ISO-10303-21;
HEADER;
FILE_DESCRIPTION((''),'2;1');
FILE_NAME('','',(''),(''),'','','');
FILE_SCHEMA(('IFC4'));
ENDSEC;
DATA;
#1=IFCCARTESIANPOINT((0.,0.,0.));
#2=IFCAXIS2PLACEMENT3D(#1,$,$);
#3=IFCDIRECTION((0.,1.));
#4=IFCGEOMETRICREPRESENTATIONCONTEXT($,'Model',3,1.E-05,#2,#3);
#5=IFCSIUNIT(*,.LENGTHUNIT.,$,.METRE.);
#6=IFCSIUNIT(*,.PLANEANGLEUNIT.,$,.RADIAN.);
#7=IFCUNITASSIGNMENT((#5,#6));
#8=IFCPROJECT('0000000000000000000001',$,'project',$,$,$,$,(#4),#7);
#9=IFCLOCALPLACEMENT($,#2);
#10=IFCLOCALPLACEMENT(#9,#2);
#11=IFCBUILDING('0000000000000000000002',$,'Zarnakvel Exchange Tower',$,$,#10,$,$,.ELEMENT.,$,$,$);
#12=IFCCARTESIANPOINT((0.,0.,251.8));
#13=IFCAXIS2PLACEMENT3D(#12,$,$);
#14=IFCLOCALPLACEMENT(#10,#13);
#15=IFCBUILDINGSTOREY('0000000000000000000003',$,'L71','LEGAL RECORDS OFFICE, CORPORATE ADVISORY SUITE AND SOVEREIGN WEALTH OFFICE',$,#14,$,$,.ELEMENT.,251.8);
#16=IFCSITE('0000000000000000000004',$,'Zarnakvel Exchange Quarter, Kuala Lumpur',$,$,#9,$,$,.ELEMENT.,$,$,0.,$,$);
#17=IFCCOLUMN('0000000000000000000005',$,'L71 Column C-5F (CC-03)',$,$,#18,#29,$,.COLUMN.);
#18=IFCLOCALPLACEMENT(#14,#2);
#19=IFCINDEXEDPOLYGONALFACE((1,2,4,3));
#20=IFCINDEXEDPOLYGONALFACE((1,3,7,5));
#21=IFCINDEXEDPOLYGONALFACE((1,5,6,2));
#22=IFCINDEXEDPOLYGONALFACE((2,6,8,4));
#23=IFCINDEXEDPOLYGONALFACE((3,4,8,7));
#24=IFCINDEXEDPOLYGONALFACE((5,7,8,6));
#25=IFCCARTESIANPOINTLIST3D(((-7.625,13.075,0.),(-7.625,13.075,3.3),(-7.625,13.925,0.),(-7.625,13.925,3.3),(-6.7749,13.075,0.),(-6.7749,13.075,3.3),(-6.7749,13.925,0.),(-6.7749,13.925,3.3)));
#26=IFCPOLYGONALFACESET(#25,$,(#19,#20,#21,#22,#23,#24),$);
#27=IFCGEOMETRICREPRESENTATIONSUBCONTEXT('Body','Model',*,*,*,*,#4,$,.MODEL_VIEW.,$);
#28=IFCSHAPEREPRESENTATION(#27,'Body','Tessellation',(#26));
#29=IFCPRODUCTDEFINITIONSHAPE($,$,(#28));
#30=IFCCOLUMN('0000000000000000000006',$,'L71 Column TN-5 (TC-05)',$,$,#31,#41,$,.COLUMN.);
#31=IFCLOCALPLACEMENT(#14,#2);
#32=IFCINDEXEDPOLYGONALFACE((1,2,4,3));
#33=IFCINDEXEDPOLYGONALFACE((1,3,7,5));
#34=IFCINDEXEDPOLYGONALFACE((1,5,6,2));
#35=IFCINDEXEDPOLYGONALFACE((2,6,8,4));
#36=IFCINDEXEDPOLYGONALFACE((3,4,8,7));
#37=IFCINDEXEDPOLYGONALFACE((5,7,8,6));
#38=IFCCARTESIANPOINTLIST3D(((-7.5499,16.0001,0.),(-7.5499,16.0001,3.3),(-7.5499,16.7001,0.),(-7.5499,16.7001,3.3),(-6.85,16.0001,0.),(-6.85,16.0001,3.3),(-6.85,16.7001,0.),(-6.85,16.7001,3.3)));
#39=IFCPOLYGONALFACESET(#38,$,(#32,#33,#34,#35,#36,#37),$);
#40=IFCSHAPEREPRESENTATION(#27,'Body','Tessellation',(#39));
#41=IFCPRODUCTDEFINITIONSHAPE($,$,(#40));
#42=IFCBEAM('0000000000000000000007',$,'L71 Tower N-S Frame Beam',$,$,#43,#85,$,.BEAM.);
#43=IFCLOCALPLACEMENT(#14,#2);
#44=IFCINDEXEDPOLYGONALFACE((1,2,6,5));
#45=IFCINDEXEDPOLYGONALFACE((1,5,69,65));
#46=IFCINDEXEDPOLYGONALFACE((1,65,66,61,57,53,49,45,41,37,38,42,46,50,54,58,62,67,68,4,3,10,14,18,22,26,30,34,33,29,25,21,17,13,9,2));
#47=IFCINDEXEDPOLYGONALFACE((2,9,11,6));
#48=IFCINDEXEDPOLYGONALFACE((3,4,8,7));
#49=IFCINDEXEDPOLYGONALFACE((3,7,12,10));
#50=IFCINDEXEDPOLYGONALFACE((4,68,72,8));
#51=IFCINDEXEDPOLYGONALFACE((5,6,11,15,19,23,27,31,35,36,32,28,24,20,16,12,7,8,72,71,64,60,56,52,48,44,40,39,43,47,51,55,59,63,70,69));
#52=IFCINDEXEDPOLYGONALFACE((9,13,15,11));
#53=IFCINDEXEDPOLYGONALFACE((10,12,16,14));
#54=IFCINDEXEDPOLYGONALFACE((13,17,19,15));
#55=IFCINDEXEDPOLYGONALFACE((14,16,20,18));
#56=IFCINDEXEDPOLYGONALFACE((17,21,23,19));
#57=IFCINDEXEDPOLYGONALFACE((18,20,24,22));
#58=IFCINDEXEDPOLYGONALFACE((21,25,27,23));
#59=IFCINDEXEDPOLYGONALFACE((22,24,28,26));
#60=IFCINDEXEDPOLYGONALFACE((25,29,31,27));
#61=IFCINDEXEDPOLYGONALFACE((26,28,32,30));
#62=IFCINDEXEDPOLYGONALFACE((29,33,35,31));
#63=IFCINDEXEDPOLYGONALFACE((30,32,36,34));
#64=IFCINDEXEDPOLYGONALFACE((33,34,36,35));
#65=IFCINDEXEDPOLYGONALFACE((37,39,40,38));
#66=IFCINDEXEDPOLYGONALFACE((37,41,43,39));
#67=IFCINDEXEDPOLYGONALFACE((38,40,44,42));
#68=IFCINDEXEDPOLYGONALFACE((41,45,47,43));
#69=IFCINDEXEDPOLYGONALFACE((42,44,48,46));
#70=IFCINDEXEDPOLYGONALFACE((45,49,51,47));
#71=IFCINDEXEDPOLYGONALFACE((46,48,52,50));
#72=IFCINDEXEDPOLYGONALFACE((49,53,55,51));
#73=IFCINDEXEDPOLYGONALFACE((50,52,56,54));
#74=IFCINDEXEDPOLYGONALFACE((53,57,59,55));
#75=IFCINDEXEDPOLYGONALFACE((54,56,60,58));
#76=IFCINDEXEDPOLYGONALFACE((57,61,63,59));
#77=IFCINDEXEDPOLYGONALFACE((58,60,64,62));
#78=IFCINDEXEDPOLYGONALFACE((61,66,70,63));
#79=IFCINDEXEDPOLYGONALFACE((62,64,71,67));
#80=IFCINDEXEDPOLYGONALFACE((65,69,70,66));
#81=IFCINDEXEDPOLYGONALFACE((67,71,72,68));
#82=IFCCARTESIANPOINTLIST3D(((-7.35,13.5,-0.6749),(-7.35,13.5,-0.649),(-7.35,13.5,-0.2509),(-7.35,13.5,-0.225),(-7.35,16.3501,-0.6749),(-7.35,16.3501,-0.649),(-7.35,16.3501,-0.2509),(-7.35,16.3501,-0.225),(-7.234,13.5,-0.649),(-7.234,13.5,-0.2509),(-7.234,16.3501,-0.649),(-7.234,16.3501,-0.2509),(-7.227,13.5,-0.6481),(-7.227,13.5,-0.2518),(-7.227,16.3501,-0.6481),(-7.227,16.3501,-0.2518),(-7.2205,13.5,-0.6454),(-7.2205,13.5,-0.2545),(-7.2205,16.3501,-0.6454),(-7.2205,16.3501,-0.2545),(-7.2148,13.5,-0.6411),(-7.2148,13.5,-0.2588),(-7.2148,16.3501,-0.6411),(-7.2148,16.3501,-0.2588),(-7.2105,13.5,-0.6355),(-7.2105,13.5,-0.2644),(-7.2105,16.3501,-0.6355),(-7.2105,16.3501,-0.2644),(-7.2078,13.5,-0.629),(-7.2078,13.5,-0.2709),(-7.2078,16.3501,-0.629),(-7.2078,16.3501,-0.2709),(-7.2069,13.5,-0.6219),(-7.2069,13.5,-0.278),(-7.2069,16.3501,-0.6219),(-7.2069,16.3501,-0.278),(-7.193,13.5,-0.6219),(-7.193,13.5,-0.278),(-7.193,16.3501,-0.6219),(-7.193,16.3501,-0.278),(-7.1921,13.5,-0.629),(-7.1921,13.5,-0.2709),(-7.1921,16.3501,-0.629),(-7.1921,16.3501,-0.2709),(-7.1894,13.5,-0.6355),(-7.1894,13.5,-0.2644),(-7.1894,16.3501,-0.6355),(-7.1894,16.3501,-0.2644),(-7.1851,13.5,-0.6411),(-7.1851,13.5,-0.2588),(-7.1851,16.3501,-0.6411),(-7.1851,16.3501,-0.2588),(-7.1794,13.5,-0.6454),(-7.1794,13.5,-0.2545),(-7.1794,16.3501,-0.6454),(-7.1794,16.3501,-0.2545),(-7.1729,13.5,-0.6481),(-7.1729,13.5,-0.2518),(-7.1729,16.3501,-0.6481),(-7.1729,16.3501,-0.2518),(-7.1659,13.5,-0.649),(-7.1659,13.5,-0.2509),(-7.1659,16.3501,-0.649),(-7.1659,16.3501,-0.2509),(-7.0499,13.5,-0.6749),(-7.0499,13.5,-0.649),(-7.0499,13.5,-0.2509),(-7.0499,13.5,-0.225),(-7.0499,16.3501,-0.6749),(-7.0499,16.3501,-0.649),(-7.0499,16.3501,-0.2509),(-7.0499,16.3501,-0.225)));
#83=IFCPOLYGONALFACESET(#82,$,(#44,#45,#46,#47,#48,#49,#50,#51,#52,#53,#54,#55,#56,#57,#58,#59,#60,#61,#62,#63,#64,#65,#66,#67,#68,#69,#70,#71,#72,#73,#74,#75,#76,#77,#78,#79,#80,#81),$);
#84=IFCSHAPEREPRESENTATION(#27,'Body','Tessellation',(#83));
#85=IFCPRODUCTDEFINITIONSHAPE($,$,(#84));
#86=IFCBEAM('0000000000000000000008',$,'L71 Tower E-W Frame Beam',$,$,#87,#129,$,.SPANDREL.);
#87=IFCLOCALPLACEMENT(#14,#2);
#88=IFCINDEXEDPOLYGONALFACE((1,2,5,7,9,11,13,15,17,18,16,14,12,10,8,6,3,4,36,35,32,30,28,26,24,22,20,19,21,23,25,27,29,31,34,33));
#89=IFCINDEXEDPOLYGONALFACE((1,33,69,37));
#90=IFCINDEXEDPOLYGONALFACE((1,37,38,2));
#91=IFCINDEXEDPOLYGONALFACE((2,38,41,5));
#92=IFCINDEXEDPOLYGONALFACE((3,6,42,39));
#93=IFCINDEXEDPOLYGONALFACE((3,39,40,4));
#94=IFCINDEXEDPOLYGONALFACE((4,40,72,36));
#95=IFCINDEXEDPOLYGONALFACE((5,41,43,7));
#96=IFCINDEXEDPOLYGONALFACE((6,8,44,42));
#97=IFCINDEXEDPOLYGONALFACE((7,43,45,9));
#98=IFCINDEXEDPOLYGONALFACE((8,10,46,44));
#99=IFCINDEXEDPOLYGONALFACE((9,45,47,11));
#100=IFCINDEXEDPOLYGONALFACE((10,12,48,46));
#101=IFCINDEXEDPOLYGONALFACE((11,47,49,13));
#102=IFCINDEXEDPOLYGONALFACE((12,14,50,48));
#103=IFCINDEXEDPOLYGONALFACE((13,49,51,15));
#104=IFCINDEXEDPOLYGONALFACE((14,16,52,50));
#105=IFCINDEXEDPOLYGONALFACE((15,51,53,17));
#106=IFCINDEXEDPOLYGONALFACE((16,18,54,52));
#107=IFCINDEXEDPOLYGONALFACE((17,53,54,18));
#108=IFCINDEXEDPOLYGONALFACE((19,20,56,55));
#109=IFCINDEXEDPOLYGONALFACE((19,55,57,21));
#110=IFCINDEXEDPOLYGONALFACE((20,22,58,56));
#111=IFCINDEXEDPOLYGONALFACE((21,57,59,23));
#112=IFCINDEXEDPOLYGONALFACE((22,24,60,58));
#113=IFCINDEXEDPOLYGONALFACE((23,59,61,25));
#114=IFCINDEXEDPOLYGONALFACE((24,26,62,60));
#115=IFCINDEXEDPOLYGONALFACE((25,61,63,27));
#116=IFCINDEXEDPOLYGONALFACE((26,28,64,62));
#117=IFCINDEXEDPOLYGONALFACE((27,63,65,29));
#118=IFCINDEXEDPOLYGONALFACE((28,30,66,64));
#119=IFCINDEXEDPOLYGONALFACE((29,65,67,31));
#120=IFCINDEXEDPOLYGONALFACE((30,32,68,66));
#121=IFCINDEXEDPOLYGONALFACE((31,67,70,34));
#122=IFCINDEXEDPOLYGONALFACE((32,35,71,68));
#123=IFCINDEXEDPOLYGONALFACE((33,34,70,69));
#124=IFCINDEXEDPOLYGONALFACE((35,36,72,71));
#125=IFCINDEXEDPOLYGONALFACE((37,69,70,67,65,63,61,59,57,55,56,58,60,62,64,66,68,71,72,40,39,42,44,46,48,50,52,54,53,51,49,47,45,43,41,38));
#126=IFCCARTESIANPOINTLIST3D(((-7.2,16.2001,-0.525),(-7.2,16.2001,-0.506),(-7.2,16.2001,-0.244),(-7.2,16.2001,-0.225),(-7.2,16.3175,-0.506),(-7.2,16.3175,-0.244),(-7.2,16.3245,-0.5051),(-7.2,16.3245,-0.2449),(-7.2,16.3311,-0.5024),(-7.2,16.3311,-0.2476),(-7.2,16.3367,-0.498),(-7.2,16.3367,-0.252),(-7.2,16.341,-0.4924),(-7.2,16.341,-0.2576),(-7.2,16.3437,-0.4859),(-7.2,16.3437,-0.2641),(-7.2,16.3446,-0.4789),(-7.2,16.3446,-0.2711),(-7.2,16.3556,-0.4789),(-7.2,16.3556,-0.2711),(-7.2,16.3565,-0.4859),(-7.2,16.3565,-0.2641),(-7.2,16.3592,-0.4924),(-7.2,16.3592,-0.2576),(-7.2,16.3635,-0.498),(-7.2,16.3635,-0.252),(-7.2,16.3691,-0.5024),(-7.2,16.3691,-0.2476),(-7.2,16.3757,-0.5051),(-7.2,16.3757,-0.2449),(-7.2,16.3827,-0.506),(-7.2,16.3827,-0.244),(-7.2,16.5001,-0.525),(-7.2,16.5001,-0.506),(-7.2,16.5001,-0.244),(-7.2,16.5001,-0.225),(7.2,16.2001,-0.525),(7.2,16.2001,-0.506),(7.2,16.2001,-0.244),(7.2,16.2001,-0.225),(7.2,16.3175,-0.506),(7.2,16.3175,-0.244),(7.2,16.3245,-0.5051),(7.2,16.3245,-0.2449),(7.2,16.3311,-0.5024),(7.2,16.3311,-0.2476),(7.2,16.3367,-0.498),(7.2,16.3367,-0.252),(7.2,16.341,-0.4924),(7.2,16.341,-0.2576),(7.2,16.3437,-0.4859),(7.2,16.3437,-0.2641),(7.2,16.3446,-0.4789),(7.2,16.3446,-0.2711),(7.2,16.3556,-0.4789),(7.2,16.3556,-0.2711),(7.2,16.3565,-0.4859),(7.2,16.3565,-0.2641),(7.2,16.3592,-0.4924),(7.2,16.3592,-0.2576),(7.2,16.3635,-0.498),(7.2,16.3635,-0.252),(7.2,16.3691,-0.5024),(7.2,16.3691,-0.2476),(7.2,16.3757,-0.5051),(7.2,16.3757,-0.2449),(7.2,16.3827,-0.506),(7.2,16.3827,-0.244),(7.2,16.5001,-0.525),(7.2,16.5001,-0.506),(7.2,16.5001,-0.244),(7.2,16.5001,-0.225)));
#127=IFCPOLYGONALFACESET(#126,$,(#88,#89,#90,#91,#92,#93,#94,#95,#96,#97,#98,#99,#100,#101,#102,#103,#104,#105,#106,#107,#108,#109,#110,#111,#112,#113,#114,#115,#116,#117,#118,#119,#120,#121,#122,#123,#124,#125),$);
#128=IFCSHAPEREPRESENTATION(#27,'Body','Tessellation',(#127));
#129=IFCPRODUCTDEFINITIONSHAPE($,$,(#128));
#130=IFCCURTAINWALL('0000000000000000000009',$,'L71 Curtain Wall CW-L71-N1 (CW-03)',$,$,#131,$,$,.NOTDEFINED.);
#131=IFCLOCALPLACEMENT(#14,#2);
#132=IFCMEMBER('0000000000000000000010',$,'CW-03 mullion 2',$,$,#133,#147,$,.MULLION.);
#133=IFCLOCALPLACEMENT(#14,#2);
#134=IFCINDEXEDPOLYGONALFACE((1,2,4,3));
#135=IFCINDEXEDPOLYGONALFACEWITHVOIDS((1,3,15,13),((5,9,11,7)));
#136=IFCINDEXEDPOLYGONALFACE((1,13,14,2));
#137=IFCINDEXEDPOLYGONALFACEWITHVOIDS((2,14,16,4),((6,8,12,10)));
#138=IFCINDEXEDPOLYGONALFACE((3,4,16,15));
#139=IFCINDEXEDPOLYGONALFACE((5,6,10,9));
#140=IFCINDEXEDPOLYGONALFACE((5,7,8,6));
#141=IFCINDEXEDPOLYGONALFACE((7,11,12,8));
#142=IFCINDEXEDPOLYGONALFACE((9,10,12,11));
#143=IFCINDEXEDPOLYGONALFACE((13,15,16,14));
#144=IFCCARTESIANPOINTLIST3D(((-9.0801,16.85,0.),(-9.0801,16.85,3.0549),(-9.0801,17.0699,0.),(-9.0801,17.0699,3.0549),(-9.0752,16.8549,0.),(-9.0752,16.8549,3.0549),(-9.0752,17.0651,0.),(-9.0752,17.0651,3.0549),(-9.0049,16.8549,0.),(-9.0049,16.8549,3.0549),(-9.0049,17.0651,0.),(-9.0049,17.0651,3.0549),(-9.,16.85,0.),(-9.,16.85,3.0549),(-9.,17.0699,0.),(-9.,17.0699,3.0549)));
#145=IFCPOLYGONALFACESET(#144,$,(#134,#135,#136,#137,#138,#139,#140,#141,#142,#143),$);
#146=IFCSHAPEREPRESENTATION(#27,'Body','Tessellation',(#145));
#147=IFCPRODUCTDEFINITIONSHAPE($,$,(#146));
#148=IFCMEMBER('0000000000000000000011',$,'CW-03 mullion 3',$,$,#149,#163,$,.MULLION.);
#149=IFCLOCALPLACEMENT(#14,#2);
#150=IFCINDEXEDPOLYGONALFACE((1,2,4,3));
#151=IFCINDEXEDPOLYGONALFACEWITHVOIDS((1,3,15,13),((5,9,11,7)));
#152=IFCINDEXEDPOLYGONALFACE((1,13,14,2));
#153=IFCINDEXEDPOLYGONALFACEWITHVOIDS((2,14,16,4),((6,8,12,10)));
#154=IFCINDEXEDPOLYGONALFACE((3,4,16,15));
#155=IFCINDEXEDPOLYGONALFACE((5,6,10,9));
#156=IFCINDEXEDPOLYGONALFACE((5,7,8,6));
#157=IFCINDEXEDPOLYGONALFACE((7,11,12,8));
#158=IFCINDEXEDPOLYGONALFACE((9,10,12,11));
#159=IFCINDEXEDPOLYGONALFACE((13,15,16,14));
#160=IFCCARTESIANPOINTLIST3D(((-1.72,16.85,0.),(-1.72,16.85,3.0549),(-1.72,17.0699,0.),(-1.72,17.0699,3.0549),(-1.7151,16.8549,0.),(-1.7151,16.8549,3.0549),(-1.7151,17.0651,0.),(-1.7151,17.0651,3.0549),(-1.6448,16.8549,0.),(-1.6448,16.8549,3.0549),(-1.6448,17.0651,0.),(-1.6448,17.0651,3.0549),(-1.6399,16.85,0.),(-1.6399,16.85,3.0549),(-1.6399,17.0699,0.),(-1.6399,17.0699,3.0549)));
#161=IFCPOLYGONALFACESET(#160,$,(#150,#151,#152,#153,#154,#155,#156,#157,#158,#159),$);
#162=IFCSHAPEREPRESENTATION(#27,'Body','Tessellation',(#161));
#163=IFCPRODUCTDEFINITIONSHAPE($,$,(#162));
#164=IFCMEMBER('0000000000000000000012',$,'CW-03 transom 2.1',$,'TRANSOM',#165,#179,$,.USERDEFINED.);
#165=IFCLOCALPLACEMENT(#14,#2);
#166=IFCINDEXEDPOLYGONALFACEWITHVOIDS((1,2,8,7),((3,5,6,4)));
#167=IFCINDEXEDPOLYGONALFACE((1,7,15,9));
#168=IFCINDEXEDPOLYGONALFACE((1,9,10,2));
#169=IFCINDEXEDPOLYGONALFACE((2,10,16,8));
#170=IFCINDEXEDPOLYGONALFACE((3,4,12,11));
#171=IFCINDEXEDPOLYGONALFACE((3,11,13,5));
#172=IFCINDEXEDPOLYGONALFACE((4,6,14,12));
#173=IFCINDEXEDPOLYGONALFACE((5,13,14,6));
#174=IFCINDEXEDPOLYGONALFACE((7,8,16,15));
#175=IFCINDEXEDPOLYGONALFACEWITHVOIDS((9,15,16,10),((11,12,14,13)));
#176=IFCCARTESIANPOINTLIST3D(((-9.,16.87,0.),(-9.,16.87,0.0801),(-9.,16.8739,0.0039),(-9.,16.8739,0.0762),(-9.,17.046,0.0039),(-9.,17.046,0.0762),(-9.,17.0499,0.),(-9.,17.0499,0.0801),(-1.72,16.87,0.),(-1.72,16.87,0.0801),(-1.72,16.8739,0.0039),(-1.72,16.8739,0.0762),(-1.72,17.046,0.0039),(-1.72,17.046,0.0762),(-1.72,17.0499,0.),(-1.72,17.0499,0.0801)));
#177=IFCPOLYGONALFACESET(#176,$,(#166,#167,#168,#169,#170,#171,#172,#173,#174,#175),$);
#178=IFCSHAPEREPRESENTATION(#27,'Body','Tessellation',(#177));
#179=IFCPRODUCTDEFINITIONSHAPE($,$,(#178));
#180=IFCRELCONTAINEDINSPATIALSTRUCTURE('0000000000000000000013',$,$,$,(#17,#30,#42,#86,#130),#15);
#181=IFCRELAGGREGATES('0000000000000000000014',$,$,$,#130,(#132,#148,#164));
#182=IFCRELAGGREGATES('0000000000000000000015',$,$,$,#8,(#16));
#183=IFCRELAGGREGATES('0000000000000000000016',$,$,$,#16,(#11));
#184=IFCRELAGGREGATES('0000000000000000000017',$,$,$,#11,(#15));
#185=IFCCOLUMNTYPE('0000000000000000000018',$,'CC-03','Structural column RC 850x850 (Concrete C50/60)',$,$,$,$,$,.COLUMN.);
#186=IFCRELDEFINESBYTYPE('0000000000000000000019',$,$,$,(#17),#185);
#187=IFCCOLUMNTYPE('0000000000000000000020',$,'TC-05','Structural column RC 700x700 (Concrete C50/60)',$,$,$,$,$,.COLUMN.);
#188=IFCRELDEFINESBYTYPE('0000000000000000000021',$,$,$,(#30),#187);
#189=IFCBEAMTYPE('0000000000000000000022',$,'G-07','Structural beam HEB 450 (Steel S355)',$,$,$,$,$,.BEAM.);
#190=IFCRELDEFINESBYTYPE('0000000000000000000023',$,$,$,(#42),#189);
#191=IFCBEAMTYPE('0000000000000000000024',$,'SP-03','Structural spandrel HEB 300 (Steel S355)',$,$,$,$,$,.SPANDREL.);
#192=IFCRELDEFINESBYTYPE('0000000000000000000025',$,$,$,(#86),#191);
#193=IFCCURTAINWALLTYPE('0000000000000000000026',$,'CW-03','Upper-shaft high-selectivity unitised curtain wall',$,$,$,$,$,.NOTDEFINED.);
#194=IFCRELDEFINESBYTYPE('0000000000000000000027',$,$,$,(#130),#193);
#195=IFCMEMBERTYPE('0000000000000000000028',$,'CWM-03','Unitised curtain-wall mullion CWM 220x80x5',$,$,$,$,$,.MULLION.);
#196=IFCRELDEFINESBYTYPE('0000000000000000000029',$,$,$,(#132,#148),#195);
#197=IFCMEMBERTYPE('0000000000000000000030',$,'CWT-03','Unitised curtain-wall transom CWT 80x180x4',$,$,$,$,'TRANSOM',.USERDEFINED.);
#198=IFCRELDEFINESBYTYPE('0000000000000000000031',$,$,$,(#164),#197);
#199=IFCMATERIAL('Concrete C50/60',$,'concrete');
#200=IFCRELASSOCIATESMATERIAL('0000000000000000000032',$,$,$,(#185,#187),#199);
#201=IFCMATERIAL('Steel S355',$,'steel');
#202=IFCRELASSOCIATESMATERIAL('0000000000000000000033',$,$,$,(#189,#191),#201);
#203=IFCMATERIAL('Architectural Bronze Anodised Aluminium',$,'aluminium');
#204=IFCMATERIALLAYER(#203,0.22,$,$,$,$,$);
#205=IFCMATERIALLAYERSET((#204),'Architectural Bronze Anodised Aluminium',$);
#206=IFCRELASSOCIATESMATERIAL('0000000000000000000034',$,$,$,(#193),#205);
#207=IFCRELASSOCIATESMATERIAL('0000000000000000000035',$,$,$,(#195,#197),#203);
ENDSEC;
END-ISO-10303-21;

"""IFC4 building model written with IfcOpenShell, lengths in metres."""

from ifc_helpers import new_model, si_unit, direction, frame, origin, origin_2d, place, context, subcontext, project, spatial, rectangle, hollow_rectangle, i_section, extrude, source, transform, mapped, material, layer, layer_set, material_profile, profile_set, type_object, element, aggregate, save


model = new_model("IFC4")

# Units and contexts
model_context = context("Model", 3, precision=1e-05, world=origin(), true_north=direction((0.0, 1.0)))
body_context = subcontext(model_context, "Body", "Model", "MODEL_VIEW")
ifc_project = project(units=[si_unit("LENGTHUNIT", "METRE"), si_unit("PLANEANGLEUNIT", "RADIAN")], contexts=[model_context])

# Site, building, storey
site_placement = place(None, origin())
site = spatial("IfcSite", under=ifc_project, at=site_placement, Name="Zarnakvel Exchange Quarter, Kuala Lumpur", CompositionType="ELEMENT", RefElevation=0.0)
building_placement = place(site_placement, origin())
building = spatial("IfcBuilding", under=site, at=building_placement, Name="Zarnakvel Exchange Tower", CompositionType="ELEMENT")
storey_placement = place(building_placement, frame((0.0, 0.0, 251.8)))
storey = spatial("IfcBuildingStorey", under=building, at=storey_placement, Name="L71", Description="LEGAL RECORDS OFFICE, CORPORATE ADVISORY SUITE AND SOVEREIGN WEALTH OFFICE", CompositionType="ELEMENT", Elevation=251.8)

# Columns
ifc_material_1 = material(Name="Concrete C50/60", Category="concrete")
ifc_material_profile_1 = material_profile(ifc_material_1, rectangle(XDim=0.8501, YDim=0.8501, at=origin_2d()))
ifc_profile_set_1 = profile_set([ifc_material_profile_1], Name="Concrete C50/60")
column_type_1 = type_object("IfcColumnType", Name="CC-03", Description="Structural column RC 850x850 (Concrete C50/60)", PredefinedType="COLUMN", material=ifc_profile_set_1)
column_1_placement = place(storey_placement, frame((-7.2, 13.5, 0.0), z_axis=(0.0, 0.0, 1.0), x_axis=(1.0, 0.0, 0.0)))
element("IfcColumn", 1, at=column_1_placement, inside=storey, type_object=column_type_1, Name="L71 Column C-5F (CC-03)", PredefinedType="COLUMN", context=body_context, shape_type="SweptSolid", body=[
    extrude(rectangle(XDim=0.8501, YDim=0.8501, at=origin_2d()), origin(), (0.0, 0.0, 1.0), 3.3),
])
ifc_material_profile_2 = material_profile(ifc_material_1, rectangle(XDim=0.7, YDim=0.7, at=origin_2d()))
ifc_profile_set_2 = profile_set([ifc_material_profile_2], Name="Concrete C50/60")
column_type_2 = type_object("IfcColumnType", Name="TC-05", Description="Structural column RC 700x700 (Concrete C50/60)", PredefinedType="COLUMN", material=ifc_profile_set_2)
column_2_placement = place(storey_placement, frame((-7.2, 16.3501, 0.0), z_axis=(0.0, 0.0, 1.0), x_axis=(1.0, 0.0, 0.0)))
element("IfcColumn", 2, at=column_2_placement, inside=storey, type_object=column_type_2, Name="L71 Column TN-5 (TC-05)", PredefinedType="COLUMN", context=body_context, shape_type="SweptSolid", body=[
    extrude(rectangle(XDim=0.7, YDim=0.7, at=origin_2d()), origin(), (0.0, 0.0, 1.0), 3.3),
])

# Beams
ifc_material_2 = material(Name="Steel S355", Category="steel")
ifc_material_profile_3 = material_profile(ifc_material_2, i_section(OverallWidth=0.3, OverallDepth=0.45, WebThickness=0.0139, FlangeThickness=0.0259, FilletRadius=0.0271, at=origin_2d()))
ifc_profile_set_3 = profile_set([ifc_material_profile_3], Name="Steel S355")
beam_type_1 = type_object("IfcBeamType", Name="G-07", Description="Structural beam HEB 450 (Steel S355)", PredefinedType="BEAM", material=ifc_profile_set_3)
beam_1_placement = place(storey_placement, frame((-7.2, 13.5, -0.45), z_axis=(0.0, 1.0, 0.0), x_axis=(-1.0, 0.0, 0.0)))
element("IfcBeam", 3, at=beam_1_placement, inside=storey, type_object=beam_type_1, Name="L71 Tower N-S Frame Beam", PredefinedType="BEAM", context=body_context, shape_type="SweptSolid", body=[
    extrude(i_section(OverallWidth=0.3, OverallDepth=0.45, WebThickness=0.0139, FlangeThickness=0.0259, FilletRadius=0.0271, at=origin_2d()), origin(), (0.0, 0.0, 1.0), 2.8501),
])
ifc_material_profile_4 = material_profile(ifc_material_2, i_section(OverallWidth=0.3, OverallDepth=0.3, WebThickness=0.011, FlangeThickness=0.019, FilletRadius=0.0271, at=origin_2d()))
ifc_profile_set_4 = profile_set([ifc_material_profile_4], Name="Steel S355")
beam_type_2 = type_object("IfcBeamType", Name="SP-03", Description="Structural spandrel HEB 300 (Steel S355)", PredefinedType="SPANDREL", material=ifc_profile_set_4)
beam_2_placement = place(storey_placement, frame((-7.2, 16.3501, -0.375), z_axis=(1.0, 0.0, 0.0), x_axis=(0.0, 1.0, 0.0)))
element("IfcBeam", 4, at=beam_2_placement, inside=storey, type_object=beam_type_2, Name="L71 Tower E-W Frame Beam", PredefinedType="SPANDREL", context=body_context, shape_type="SweptSolid", body=[
    extrude(i_section(OverallWidth=0.3, OverallDepth=0.3, WebThickness=0.011, FlangeThickness=0.019, FilletRadius=0.0271, at=origin_2d()), origin(), (0.0, 0.0, 1.0), 14.3999),
])

# Curtain wall, members
ifc_material_3 = material(Name="Architectural Bronze Anodised Aluminium", Category="aluminium")
ifc_layer_1 = layer(ifc_material_3, 0.22)
ifc_layer_set_1 = layer_set([ifc_layer_1], Name="Architectural Bronze Anodised Aluminium")
curtain_wall_type = type_object("IfcCurtainWallType", Name="CW-03", Description="Upper-shaft high-selectivity unitised curtain wall", PredefinedType="NOTDEFINED", material=ifc_layer_set_1)
curtain_wall_placement = place(storey_placement, origin())
curtain_wall = element("IfcCurtainWall", 5, at=curtain_wall_placement, inside=storey, type_object=curtain_wall_type, Name="L71 Curtain Wall CW-L71-N1 (CW-03)", PredefinedType="NOTDEFINED")
ifc_material_profile_5 = material_profile(ifc_material_3, hollow_rectangle(XDim=0.22, YDim=0.0801, WallThickness=0.0049, at=origin_2d()))
ifc_profile_set_5 = profile_set([ifc_material_profile_5], Name="Architectural Bronze Anodised Aluminium")
member_type_1 = type_object("IfcMemberType", Name="CWM-03", Description="Unitised curtain-wall mullion CWM 220x80x5", PredefinedType="MULLION", material=ifc_profile_set_5)
shared_shape_1 = source(origin(), body_context, "Body", "SweptSolid", [
    extrude(hollow_rectangle(XDim=0.22, YDim=0.0801, WallThickness=0.0049, at=origin_2d()), origin(), (0.0, 0.0, 1.0), 3.0549),
])
member_1_placement = place(storey_placement, frame((-9.04, 16.96, 0.0), z_axis=(0.0, 0.0, 1.0), x_axis=(0.0, 1.0, 0.0)))
member_1 = element("IfcMember", 6, at=member_1_placement, type_object=member_type_1, Name="CW-03 mullion 2", PredefinedType="MULLION", context=body_context, shape_type="MappedRepresentation", body=[
    mapped(shared_shape_1, transform((0.0, 0.0, 0.0), x_axis=(1.0, 0.0, 0.0), y_axis=(0.0, 1.0, 0.0), z_axis=(0.0, 0.0, 1.0), scale=1.0)),
])
member_2_placement = place(storey_placement, frame((-1.6799, 16.96, 0.0), z_axis=(0.0, 0.0, 1.0), x_axis=(0.0, 1.0, 0.0)))
member_2 = element("IfcMember", 7, at=member_2_placement, type_object=member_type_1, Name="CW-03 mullion 3", PredefinedType="MULLION", context=body_context, shape_type="MappedRepresentation", body=[
    mapped(shared_shape_1, transform((0.0, 0.0, 0.0), x_axis=(1.0, 0.0, 0.0), y_axis=(0.0, 1.0, 0.0), z_axis=(0.0, 0.0, 1.0), scale=1.0)),
])
ifc_material_profile_6 = material_profile(ifc_material_3, hollow_rectangle(XDim=0.1799, YDim=0.0801, WallThickness=0.0039, at=origin_2d()))
ifc_profile_set_6 = profile_set([ifc_material_profile_6], Name="Architectural Bronze Anodised Aluminium")
member_type_2 = type_object("IfcMemberType", Name="CWT-03", Description="Unitised curtain-wall transom CWT 80x180x4", ElementType="TRANSOM", PredefinedType="USERDEFINED", material=ifc_profile_set_6)
shared_shape_2 = source(origin(), body_context, "Body", "SweptSolid", [
    extrude(hollow_rectangle(XDim=0.1799, YDim=0.0801, WallThickness=0.0039, at=origin_2d()), origin(), (0.0, 0.0, 1.0), 7.28),
])
member_3_placement = place(storey_placement, frame((-9.0, 16.96, 0.04), z_axis=(1.0, 0.0, 0.0), x_axis=(0.0, 1.0, 0.0)))
member_3 = element("IfcMember", 8, at=member_3_placement, type_object=member_type_2, Name="CW-03 transom 2.1", ObjectType="TRANSOM", PredefinedType="USERDEFINED", context=body_context, shape_type="MappedRepresentation", body=[
    mapped(shared_shape_2, transform((0.0, 0.0, 0.0), x_axis=(1.0, 0.0, 0.0), y_axis=(0.0, 1.0, 0.0), z_axis=(0.0, 0.0, 1.0), scale=1.0)),
])
aggregate(curtain_wall, [member_1, member_2, member_3])

save(model, "model.ifc")
